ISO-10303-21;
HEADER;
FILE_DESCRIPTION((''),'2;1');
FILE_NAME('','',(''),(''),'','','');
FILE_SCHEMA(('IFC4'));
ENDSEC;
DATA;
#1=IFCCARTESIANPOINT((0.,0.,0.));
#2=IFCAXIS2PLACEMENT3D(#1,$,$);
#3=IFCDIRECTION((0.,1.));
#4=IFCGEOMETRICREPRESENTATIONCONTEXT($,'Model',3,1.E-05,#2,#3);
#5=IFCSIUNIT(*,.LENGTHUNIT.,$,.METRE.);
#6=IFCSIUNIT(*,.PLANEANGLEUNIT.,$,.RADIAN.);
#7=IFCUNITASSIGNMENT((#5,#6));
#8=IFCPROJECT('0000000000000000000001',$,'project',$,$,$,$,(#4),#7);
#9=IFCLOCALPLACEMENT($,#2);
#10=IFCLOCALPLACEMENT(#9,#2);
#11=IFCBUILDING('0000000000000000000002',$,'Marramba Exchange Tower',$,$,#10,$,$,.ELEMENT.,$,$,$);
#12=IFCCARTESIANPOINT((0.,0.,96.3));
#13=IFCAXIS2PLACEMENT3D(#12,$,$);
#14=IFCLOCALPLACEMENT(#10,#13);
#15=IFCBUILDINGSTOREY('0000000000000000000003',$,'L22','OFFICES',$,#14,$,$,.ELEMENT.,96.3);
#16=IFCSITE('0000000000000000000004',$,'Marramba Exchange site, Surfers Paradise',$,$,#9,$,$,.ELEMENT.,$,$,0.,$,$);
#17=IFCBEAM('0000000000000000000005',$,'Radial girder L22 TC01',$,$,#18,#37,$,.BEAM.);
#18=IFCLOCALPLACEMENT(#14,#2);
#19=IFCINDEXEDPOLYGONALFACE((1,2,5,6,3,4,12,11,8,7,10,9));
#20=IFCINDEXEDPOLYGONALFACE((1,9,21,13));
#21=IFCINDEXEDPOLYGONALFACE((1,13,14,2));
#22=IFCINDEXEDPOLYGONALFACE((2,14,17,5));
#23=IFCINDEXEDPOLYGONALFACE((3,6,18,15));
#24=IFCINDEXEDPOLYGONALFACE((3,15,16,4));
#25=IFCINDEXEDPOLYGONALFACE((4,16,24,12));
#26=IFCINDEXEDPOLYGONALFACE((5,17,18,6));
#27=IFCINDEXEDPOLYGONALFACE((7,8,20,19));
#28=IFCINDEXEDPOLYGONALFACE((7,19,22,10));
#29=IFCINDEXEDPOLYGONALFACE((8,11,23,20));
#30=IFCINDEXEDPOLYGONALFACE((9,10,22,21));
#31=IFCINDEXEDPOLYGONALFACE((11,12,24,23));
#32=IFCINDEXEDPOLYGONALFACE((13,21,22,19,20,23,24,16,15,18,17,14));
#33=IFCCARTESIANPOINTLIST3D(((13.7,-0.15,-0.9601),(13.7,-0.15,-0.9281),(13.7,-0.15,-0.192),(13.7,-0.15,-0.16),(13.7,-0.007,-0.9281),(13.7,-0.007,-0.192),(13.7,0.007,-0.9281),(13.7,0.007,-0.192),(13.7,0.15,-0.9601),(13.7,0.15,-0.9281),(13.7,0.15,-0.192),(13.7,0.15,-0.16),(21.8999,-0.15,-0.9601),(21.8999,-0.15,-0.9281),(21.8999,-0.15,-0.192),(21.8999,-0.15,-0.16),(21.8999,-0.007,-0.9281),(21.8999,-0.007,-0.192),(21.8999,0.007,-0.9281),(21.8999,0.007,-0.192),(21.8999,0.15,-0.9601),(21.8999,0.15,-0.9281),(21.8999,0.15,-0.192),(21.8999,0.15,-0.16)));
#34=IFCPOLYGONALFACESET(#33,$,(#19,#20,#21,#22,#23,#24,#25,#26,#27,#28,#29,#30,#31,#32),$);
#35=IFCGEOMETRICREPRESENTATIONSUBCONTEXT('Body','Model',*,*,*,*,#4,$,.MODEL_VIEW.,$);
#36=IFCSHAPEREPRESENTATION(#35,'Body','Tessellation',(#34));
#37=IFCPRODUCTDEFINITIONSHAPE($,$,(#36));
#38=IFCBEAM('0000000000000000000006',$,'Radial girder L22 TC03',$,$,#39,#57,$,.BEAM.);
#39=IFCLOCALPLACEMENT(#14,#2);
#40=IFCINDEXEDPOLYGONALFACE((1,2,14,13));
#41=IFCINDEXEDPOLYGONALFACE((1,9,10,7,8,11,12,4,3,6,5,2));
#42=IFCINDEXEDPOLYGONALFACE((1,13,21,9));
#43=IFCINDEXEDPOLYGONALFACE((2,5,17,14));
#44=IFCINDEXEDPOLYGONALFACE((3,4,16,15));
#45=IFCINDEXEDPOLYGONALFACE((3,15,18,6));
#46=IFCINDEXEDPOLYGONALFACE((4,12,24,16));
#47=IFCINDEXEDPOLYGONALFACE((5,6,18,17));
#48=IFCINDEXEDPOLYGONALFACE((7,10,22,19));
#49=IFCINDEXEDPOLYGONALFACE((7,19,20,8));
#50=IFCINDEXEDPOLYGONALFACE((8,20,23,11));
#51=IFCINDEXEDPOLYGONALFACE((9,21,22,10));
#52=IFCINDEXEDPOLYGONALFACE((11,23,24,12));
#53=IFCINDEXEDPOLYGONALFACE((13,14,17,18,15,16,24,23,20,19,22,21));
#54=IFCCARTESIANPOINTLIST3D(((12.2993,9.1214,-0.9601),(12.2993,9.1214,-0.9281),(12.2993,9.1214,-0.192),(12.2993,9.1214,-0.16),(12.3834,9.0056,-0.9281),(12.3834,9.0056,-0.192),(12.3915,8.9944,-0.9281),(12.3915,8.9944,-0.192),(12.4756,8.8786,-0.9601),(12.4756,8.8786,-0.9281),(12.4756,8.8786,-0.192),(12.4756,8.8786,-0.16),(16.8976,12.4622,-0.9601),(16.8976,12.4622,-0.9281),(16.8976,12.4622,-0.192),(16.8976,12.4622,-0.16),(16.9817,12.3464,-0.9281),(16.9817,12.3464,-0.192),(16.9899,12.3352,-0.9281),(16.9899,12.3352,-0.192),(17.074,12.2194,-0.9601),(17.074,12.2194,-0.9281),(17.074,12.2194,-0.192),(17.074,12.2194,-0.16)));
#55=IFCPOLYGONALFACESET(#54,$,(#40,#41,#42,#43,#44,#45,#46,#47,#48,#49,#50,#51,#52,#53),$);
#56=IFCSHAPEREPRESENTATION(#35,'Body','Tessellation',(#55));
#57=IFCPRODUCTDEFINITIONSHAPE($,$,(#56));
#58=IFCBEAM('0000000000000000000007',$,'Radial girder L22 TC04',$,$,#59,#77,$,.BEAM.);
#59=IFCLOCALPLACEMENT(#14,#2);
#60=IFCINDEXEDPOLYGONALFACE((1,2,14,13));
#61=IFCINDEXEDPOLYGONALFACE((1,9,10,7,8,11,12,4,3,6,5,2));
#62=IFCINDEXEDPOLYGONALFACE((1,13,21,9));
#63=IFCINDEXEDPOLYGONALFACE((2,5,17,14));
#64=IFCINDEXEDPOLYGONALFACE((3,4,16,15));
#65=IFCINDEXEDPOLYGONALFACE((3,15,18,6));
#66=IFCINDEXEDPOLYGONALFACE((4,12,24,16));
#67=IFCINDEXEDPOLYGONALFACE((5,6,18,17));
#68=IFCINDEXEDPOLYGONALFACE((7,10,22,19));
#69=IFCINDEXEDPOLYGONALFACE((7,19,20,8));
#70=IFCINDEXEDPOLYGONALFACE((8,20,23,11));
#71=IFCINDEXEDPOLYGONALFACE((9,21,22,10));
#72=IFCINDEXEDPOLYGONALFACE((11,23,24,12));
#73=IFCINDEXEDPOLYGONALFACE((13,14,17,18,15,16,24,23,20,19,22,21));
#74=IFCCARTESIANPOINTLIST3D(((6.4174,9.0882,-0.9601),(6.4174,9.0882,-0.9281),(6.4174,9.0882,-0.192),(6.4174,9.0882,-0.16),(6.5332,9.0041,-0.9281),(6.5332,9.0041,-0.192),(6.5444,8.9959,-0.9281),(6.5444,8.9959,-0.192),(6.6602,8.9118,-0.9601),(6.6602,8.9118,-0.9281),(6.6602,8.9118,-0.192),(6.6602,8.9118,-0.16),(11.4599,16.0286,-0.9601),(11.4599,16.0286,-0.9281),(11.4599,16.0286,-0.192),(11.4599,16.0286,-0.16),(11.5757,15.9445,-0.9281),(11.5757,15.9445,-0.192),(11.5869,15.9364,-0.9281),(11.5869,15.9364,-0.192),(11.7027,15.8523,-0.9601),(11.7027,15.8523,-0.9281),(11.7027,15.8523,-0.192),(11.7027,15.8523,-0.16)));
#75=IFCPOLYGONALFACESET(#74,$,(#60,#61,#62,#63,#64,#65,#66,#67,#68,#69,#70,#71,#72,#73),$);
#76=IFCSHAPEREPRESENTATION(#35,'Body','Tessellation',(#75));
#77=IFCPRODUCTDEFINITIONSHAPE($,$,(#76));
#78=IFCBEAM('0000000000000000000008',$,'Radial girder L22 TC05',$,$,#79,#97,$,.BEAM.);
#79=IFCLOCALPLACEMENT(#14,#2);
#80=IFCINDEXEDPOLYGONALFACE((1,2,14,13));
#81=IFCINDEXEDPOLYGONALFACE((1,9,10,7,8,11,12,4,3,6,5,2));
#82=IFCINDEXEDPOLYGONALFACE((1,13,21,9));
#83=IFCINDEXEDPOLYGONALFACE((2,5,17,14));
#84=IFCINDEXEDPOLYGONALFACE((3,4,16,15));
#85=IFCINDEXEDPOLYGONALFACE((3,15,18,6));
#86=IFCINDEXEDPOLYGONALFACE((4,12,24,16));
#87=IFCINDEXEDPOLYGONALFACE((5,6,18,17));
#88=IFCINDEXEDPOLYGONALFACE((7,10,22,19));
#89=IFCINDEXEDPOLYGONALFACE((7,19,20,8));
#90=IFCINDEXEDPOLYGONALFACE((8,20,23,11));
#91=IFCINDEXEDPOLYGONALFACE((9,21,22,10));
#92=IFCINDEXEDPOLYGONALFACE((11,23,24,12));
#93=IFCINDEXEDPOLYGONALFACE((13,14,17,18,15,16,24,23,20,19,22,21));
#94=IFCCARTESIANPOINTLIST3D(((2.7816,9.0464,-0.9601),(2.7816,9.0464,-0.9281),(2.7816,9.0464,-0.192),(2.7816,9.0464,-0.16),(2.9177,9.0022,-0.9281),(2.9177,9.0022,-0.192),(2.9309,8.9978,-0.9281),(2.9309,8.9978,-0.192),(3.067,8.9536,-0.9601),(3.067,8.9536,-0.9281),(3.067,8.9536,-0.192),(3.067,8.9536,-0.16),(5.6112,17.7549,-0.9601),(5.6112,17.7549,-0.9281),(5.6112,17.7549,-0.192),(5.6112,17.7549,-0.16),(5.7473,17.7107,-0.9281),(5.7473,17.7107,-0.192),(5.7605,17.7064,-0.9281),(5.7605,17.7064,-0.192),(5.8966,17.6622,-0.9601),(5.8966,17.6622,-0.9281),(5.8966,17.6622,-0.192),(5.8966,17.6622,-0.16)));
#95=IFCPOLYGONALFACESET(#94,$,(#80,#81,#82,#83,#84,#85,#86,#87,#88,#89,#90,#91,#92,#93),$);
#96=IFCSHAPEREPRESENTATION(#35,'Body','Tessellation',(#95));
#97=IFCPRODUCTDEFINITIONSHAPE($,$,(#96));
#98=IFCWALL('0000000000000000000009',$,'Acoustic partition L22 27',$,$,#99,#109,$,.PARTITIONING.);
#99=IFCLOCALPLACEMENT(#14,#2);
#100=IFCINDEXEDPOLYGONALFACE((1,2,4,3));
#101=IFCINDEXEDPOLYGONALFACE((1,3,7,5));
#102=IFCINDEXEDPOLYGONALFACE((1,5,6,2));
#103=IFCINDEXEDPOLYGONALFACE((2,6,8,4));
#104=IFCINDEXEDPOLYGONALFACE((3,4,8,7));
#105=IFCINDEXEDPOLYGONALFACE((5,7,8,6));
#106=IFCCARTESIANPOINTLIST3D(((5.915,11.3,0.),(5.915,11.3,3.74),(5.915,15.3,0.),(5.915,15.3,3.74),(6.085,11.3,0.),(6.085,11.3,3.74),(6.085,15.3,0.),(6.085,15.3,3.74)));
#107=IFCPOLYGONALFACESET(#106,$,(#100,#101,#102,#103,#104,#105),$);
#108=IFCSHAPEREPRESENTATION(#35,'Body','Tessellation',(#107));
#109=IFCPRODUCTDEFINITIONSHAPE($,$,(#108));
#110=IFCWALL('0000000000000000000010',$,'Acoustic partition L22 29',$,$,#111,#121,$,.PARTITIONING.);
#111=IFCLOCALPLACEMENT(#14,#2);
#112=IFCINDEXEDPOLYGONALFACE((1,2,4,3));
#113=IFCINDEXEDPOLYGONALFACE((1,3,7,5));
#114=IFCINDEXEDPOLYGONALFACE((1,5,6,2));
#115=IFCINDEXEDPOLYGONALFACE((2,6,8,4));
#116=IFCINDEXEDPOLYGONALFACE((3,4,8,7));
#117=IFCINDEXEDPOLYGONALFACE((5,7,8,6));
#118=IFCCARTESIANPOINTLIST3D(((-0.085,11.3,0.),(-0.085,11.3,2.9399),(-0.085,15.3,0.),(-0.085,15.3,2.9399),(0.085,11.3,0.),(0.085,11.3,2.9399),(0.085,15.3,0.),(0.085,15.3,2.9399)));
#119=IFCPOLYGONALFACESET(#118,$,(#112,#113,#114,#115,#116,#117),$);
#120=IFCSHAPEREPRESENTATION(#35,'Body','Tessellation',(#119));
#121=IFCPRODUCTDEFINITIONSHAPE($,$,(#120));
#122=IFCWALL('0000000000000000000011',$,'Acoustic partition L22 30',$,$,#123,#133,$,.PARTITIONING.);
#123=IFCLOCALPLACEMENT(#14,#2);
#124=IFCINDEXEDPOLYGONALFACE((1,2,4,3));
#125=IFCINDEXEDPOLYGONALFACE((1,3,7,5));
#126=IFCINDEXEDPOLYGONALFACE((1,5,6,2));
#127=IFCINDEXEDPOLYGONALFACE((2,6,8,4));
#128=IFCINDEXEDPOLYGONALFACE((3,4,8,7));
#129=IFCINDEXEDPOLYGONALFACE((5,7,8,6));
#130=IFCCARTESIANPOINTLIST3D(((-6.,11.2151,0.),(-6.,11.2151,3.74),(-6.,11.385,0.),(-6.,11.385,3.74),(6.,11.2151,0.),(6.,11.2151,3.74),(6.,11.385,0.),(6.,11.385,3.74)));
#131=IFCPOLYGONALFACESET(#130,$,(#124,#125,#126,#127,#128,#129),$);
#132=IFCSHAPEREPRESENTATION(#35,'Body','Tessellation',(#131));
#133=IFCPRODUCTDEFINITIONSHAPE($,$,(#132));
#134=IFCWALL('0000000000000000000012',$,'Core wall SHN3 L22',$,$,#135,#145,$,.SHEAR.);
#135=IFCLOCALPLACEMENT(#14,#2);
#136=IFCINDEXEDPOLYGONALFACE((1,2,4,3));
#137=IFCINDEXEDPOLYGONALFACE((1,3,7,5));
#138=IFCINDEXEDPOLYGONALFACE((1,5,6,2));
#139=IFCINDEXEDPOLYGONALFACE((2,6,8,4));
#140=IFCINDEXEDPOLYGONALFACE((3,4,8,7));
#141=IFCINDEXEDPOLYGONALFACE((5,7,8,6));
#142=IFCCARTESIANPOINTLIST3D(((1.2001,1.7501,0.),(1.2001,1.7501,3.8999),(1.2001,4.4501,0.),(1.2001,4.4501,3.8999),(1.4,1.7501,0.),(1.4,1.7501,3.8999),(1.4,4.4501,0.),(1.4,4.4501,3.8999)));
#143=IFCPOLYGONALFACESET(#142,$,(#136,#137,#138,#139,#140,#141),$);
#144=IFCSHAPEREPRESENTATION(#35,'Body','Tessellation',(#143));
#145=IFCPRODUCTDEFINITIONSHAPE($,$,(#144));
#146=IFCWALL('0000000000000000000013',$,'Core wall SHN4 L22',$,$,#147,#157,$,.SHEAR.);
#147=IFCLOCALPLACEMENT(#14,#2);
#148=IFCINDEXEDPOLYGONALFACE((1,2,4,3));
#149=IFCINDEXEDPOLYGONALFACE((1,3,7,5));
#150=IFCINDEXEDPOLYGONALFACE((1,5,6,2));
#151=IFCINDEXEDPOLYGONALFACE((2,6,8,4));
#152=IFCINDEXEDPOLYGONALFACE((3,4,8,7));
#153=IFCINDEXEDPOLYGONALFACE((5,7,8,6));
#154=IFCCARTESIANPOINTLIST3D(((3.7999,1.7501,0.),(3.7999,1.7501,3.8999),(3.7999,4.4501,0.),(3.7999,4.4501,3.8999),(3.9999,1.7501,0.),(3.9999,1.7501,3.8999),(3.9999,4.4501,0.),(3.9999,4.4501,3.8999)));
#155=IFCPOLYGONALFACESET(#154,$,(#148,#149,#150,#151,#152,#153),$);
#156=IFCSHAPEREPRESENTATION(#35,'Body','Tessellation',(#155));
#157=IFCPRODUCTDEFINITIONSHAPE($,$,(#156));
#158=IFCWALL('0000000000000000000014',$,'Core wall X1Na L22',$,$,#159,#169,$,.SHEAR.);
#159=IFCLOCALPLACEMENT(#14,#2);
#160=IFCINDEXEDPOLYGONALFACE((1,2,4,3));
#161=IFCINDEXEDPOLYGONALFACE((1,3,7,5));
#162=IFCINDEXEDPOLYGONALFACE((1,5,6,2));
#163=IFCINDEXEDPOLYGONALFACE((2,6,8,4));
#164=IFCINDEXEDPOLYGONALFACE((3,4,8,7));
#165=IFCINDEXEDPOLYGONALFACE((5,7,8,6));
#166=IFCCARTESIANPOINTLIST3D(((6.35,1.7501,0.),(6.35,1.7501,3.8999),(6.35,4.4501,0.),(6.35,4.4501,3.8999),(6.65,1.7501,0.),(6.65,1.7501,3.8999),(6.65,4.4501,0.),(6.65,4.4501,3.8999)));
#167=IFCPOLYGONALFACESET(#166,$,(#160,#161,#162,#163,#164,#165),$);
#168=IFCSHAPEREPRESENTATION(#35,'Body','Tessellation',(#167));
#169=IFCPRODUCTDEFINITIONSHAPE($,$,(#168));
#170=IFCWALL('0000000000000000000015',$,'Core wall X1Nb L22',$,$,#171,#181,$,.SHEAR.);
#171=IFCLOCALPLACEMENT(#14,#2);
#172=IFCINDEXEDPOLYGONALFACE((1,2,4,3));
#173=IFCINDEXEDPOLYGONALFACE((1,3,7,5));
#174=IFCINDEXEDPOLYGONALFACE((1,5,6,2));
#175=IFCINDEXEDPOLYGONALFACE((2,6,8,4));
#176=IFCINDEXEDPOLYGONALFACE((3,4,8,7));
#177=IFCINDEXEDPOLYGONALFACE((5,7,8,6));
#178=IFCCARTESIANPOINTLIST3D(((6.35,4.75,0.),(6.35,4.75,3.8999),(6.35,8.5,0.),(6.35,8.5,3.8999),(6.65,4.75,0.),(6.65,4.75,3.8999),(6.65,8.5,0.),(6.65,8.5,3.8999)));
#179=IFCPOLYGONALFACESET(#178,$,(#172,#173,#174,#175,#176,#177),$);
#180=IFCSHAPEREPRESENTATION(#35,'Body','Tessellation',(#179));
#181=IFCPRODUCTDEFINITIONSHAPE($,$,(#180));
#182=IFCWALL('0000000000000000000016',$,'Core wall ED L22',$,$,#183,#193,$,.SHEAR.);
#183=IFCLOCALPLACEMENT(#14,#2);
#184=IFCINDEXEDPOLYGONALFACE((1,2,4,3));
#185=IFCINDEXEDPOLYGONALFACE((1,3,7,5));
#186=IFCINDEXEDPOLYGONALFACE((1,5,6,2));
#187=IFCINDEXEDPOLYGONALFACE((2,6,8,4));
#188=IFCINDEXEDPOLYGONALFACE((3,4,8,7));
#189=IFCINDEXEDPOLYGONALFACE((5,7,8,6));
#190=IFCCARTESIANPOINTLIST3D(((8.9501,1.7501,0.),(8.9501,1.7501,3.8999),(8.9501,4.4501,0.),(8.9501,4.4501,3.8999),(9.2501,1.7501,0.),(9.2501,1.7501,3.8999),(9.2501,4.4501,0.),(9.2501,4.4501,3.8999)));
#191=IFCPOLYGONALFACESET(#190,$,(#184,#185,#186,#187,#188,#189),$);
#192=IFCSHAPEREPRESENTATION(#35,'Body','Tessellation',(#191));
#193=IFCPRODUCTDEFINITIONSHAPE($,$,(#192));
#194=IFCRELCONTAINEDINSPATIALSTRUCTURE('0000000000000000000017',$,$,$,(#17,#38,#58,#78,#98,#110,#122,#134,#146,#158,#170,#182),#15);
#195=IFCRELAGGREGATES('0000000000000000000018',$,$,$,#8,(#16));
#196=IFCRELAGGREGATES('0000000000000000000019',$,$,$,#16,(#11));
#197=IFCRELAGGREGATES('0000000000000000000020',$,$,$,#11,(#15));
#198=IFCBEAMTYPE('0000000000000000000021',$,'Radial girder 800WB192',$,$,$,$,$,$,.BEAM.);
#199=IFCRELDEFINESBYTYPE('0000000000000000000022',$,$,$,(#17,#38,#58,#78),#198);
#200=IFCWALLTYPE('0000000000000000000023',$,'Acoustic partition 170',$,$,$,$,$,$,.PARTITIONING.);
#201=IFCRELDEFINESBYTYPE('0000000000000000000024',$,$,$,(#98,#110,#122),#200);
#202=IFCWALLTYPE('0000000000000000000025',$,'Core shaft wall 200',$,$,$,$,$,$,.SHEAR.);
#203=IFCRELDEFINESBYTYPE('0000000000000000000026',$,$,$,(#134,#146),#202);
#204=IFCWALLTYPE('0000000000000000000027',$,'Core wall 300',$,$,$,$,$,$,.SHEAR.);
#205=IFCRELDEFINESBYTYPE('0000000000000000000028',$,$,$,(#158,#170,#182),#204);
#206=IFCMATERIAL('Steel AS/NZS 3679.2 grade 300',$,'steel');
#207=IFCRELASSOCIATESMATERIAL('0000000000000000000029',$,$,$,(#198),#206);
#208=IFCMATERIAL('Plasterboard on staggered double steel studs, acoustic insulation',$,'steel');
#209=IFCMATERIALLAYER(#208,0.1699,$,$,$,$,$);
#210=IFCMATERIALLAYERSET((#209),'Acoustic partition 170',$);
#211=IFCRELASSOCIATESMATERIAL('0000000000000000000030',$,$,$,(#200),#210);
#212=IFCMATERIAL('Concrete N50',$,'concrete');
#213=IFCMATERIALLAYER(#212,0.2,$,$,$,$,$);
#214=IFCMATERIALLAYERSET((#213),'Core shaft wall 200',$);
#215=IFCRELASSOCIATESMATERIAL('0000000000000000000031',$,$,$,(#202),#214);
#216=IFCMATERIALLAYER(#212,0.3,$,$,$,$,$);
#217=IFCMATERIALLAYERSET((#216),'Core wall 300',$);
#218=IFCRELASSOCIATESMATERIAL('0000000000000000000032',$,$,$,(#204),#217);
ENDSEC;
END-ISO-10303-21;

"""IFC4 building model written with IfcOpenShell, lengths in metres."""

from ifc_helpers import new_model, si_unit, direction, frame, frame_2d, origin, origin_2d, place, context, subcontext, project, spatial, rectangle, i_section, extrude, material, layer, layer_set, material_profile, profile_set, type_object, element, save


model = new_model("IFC4")

# Units and contexts
model_context = context("Model", 3, precision=1e-05, world=origin(), true_north=direction((0.0, 1.0)))
body_context = subcontext(model_context, "Body", "Model", "MODEL_VIEW")
ifc_project = project(units=[si_unit("LENGTHUNIT", "METRE"), si_unit("PLANEANGLEUNIT", "RADIAN")], contexts=[model_context])

# Site, building, storey
site_placement = place(None, origin())
site = spatial("IfcSite", under=ifc_project, at=site_placement, Name="Marramba Exchange site, Surfers Paradise", CompositionType="ELEMENT", RefElevation=0.0)
building_placement = place(site_placement, origin())
building = spatial("IfcBuilding", under=site, at=building_placement, Name="Marramba Exchange Tower", CompositionType="ELEMENT")
storey_placement = place(building_placement, frame((0.0, 0.0, 96.3)))
storey = spatial("IfcBuildingStorey", under=building, at=storey_placement, Name="L22", Description="OFFICES", CompositionType="ELEMENT", Elevation=96.3)

# Beams
ifc_material_1 = material(Name="Steel AS/NZS 3679.2 grade 300", Category="steel")
ifc_material_profile_1 = material_profile(ifc_material_1, i_section(OverallWidth=0.3, OverallDepth=0.8, WebThickness=0.0139, FlangeThickness=0.032, at=origin_2d()), Name="800WB192")
ifc_profile_set_1 = profile_set([ifc_material_profile_1], Name="Steel AS/NZS 3679.2 grade 300")
beam_type_1 = type_object("IfcBeamType", Name="Radial girder 800WB192", PredefinedType="BEAM", material=ifc_profile_set_1)
beam_1_placement = place(storey_placement, frame((13.7, 0.0, -0.5601), z_axis=(1.0, 0.0, 0.0), x_axis=(0.0, 1.0, 0.0)))
element("IfcBeam", 1, at=beam_1_placement, inside=storey, type_object=beam_type_1, Name="Radial girder L22 TC01", PredefinedType="BEAM", context=body_context, shape_type="SweptSolid", body=[
    extrude(i_section(OverallWidth=0.3, OverallDepth=0.8, WebThickness=0.0139, FlangeThickness=0.032, at=origin_2d()), origin(), (0.0, 0.0, 1.0), 8.2),
])
beam_2_placement = place(storey_placement, frame((12.3875, 9.0, -0.5601), z_axis=(0.809026, 0.587773, 0.0), x_axis=(-0.587773, 0.809026, 0.0)))
element("IfcBeam", 2, at=beam_2_placement, inside=storey, type_object=beam_type_1, Name="Radial girder L22 TC03", PredefinedType="BEAM", context=body_context, shape_type="SweptSolid", body=[
    extrude(i_section(OverallWidth=0.3, OverallDepth=0.8, WebThickness=0.0139, FlangeThickness=0.032, at=origin_2d()), origin(), (0.0, 0.0, 1.0), 5.6838),
])
beam_3_placement = place(storey_placement, frame((6.5388, 9.0, -0.5601), z_axis=(0.587782, 0.809019, 0.0), x_axis=(-0.809019, 0.587782, 0.0)))
element("IfcBeam", 3, at=beam_3_placement, inside=storey, type_object=beam_type_1, Name="Radial girder L22 TC04", PredefinedType="BEAM", context=body_context, shape_type="SweptSolid", body=[
    extrude(i_section(OverallWidth=0.3, OverallDepth=0.8, WebThickness=0.0139, FlangeThickness=0.032, at=origin_2d()), origin(), (0.0, 0.0, 1.0), 8.5789),
])
beam_4_placement = place(storey_placement, frame((2.9243, 9.0, -0.5601), z_axis=(0.30902, 0.951056, 0.0), x_axis=(-0.951056, 0.30902, 0.0)))
element("IfcBeam", 4, at=beam_4_placement, inside=storey, type_object=beam_type_1, Name="Radial girder L22 TC05", PredefinedType="BEAM", context=body_context, shape_type="SweptSolid", body=[
    extrude(i_section(OverallWidth=0.3, OverallDepth=0.8, WebThickness=0.0139, FlangeThickness=0.032, at=origin_2d()), origin(), (0.0, 0.0, 1.0), 9.1567),
])

# Walls
ifc_material_2 = material(Name="Plasterboard on staggered double steel studs, acoustic insulation", Category="steel")
ifc_layer_1 = layer(ifc_material_2, 0.1699)
ifc_layer_set_1 = layer_set([ifc_layer_1], Name="Acoustic partition 170")
wall_type_1 = type_object("IfcWallType", Name="Acoustic partition 170", PredefinedType="PARTITIONING", material=ifc_layer_set_1)
wall_1_placement = place(storey_placement, frame((6.0, 15.3, 0.0), z_axis=(0.0, 0.0, 1.0), x_axis=(0.0, -1.0, 0.0)))
element("IfcWall", 5, at=wall_1_placement, inside=storey, type_object=wall_type_1, Name="Acoustic partition L22 27", PredefinedType="PARTITIONING", context=body_context, shape_type="SweptSolid", body=[
    extrude(rectangle(XDim=4.0, YDim=0.1699, at=frame_2d((2.0, 0.0))), origin(), (0.0, 0.0, 1.0), 3.74),
])
wall_2_placement = place(storey_placement, frame((0.0, 15.3, 0.0), z_axis=(0.0, 0.0, 1.0), x_axis=(0.0, -1.0, 0.0)))
element("IfcWall", 6, at=wall_2_placement, inside=storey, type_object=wall_type_1, Name="Acoustic partition L22 29", PredefinedType="PARTITIONING", context=body_context, shape_type="SweptSolid", body=[
    extrude(rectangle(XDim=4.0, YDim=0.1699, at=frame_2d((2.0, 0.0))), origin(), (0.0, 0.0, 1.0), 2.9399),
])
wall_3_placement = place(storey_placement, frame((6.0, 11.3, 0.0), z_axis=(0.0, 0.0, 1.0), x_axis=(-1.0, 0.0, 0.0)))
element("IfcWall", 7, at=wall_3_placement, inside=storey, type_object=wall_type_1, Name="Acoustic partition L22 30", PredefinedType="PARTITIONING", context=body_context, shape_type="SweptSolid", body=[
    extrude(rectangle(XDim=12.0, YDim=0.1699, at=frame_2d((6.0, 0.0))), origin(), (0.0, 0.0, 1.0), 3.74),
])
ifc_material_3 = material(Name="Concrete N50", Category="concrete")
ifc_layer_2 = layer(ifc_material_3, 0.2)
ifc_layer_set_2 = layer_set([ifc_layer_2], Name="Core shaft wall 200")
wall_type_2 = type_object("IfcWallType", Name="Core shaft wall 200", PredefinedType="SHEAR", material=ifc_layer_set_2)
for number, where, z_axis, x_axis, name in (
    (8, (1.3, 1.75, 0.0), (0.0, 0.0, 1.0), (0.0, 1.0, 0.0), "Core wall SHN3 L22"),
    (9, (3.8999, 1.75, 0.0), (0.0, 0.0, 1.0), (0.0, 1.0, 0.0), "Core wall SHN4 L22"),
):
    element("IfcWall", number, at=place(storey_placement, frame(where, z_axis=z_axis, x_axis=x_axis)), inside=storey, type_object=wall_type_2, Name=name, PredefinedType="SHEAR", context=body_context, shape_type="SweptSolid", body=[
        extrude(rectangle(XDim=2.7, YDim=0.2, at=frame_2d((1.3501, 0.0))), origin(), (0.0, 0.0, 1.0), 3.8999),
    ])

# Walls
ifc_layer_3 = layer(ifc_material_3, 0.3)
ifc_layer_set_3 = layer_set([ifc_layer_3], Name="Core wall 300")
wall_type_3 = type_object("IfcWallType", Name="Core wall 300", PredefinedType="SHEAR", material=ifc_layer_set_3)
wall_4_placement = place(storey_placement, frame((6.5, 1.75, 0.0), z_axis=(0.0, 0.0, 1.0), x_axis=(0.0, 1.0, 0.0)))
element("IfcWall", 10, at=wall_4_placement, inside=storey, type_object=wall_type_3, Name="Core wall X1Na L22", PredefinedType="SHEAR", context=body_context, shape_type="SweptSolid", body=[
    extrude(rectangle(XDim=2.7, YDim=0.3, at=frame_2d((1.3501, 0.0))), origin(), (0.0, 0.0, 1.0), 3.8999),
])
wall_5_placement = place(storey_placement, frame((6.5, 4.75, 0.0), z_axis=(0.0, 0.0, 1.0), x_axis=(0.0, 1.0, 0.0)))
element("IfcWall", 11, at=wall_5_placement, inside=storey, type_object=wall_type_3, Name="Core wall X1Nb L22", PredefinedType="SHEAR", context=body_context, shape_type="SweptSolid", body=[
    extrude(rectangle(XDim=3.75, YDim=0.3, at=frame_2d((1.875, 0.0))), origin(), (0.0, 0.0, 1.0), 3.8999),
])
wall_6_placement = place(storey_placement, frame((9.1001, 1.75, 0.0), z_axis=(0.0, 0.0, 1.0), x_axis=(0.0, 1.0, 0.0)))
element("IfcWall", 12, at=wall_6_placement, inside=storey, type_object=wall_type_3, Name="Core wall ED L22", PredefinedType="SHEAR", context=body_context, shape_type="SweptSolid", body=[
    extrude(rectangle(XDim=2.7, YDim=0.3, at=frame_2d((1.3501, 0.0))), origin(), (0.0, 0.0, 1.0), 3.8999),
])

save(model, "model.ifc")
